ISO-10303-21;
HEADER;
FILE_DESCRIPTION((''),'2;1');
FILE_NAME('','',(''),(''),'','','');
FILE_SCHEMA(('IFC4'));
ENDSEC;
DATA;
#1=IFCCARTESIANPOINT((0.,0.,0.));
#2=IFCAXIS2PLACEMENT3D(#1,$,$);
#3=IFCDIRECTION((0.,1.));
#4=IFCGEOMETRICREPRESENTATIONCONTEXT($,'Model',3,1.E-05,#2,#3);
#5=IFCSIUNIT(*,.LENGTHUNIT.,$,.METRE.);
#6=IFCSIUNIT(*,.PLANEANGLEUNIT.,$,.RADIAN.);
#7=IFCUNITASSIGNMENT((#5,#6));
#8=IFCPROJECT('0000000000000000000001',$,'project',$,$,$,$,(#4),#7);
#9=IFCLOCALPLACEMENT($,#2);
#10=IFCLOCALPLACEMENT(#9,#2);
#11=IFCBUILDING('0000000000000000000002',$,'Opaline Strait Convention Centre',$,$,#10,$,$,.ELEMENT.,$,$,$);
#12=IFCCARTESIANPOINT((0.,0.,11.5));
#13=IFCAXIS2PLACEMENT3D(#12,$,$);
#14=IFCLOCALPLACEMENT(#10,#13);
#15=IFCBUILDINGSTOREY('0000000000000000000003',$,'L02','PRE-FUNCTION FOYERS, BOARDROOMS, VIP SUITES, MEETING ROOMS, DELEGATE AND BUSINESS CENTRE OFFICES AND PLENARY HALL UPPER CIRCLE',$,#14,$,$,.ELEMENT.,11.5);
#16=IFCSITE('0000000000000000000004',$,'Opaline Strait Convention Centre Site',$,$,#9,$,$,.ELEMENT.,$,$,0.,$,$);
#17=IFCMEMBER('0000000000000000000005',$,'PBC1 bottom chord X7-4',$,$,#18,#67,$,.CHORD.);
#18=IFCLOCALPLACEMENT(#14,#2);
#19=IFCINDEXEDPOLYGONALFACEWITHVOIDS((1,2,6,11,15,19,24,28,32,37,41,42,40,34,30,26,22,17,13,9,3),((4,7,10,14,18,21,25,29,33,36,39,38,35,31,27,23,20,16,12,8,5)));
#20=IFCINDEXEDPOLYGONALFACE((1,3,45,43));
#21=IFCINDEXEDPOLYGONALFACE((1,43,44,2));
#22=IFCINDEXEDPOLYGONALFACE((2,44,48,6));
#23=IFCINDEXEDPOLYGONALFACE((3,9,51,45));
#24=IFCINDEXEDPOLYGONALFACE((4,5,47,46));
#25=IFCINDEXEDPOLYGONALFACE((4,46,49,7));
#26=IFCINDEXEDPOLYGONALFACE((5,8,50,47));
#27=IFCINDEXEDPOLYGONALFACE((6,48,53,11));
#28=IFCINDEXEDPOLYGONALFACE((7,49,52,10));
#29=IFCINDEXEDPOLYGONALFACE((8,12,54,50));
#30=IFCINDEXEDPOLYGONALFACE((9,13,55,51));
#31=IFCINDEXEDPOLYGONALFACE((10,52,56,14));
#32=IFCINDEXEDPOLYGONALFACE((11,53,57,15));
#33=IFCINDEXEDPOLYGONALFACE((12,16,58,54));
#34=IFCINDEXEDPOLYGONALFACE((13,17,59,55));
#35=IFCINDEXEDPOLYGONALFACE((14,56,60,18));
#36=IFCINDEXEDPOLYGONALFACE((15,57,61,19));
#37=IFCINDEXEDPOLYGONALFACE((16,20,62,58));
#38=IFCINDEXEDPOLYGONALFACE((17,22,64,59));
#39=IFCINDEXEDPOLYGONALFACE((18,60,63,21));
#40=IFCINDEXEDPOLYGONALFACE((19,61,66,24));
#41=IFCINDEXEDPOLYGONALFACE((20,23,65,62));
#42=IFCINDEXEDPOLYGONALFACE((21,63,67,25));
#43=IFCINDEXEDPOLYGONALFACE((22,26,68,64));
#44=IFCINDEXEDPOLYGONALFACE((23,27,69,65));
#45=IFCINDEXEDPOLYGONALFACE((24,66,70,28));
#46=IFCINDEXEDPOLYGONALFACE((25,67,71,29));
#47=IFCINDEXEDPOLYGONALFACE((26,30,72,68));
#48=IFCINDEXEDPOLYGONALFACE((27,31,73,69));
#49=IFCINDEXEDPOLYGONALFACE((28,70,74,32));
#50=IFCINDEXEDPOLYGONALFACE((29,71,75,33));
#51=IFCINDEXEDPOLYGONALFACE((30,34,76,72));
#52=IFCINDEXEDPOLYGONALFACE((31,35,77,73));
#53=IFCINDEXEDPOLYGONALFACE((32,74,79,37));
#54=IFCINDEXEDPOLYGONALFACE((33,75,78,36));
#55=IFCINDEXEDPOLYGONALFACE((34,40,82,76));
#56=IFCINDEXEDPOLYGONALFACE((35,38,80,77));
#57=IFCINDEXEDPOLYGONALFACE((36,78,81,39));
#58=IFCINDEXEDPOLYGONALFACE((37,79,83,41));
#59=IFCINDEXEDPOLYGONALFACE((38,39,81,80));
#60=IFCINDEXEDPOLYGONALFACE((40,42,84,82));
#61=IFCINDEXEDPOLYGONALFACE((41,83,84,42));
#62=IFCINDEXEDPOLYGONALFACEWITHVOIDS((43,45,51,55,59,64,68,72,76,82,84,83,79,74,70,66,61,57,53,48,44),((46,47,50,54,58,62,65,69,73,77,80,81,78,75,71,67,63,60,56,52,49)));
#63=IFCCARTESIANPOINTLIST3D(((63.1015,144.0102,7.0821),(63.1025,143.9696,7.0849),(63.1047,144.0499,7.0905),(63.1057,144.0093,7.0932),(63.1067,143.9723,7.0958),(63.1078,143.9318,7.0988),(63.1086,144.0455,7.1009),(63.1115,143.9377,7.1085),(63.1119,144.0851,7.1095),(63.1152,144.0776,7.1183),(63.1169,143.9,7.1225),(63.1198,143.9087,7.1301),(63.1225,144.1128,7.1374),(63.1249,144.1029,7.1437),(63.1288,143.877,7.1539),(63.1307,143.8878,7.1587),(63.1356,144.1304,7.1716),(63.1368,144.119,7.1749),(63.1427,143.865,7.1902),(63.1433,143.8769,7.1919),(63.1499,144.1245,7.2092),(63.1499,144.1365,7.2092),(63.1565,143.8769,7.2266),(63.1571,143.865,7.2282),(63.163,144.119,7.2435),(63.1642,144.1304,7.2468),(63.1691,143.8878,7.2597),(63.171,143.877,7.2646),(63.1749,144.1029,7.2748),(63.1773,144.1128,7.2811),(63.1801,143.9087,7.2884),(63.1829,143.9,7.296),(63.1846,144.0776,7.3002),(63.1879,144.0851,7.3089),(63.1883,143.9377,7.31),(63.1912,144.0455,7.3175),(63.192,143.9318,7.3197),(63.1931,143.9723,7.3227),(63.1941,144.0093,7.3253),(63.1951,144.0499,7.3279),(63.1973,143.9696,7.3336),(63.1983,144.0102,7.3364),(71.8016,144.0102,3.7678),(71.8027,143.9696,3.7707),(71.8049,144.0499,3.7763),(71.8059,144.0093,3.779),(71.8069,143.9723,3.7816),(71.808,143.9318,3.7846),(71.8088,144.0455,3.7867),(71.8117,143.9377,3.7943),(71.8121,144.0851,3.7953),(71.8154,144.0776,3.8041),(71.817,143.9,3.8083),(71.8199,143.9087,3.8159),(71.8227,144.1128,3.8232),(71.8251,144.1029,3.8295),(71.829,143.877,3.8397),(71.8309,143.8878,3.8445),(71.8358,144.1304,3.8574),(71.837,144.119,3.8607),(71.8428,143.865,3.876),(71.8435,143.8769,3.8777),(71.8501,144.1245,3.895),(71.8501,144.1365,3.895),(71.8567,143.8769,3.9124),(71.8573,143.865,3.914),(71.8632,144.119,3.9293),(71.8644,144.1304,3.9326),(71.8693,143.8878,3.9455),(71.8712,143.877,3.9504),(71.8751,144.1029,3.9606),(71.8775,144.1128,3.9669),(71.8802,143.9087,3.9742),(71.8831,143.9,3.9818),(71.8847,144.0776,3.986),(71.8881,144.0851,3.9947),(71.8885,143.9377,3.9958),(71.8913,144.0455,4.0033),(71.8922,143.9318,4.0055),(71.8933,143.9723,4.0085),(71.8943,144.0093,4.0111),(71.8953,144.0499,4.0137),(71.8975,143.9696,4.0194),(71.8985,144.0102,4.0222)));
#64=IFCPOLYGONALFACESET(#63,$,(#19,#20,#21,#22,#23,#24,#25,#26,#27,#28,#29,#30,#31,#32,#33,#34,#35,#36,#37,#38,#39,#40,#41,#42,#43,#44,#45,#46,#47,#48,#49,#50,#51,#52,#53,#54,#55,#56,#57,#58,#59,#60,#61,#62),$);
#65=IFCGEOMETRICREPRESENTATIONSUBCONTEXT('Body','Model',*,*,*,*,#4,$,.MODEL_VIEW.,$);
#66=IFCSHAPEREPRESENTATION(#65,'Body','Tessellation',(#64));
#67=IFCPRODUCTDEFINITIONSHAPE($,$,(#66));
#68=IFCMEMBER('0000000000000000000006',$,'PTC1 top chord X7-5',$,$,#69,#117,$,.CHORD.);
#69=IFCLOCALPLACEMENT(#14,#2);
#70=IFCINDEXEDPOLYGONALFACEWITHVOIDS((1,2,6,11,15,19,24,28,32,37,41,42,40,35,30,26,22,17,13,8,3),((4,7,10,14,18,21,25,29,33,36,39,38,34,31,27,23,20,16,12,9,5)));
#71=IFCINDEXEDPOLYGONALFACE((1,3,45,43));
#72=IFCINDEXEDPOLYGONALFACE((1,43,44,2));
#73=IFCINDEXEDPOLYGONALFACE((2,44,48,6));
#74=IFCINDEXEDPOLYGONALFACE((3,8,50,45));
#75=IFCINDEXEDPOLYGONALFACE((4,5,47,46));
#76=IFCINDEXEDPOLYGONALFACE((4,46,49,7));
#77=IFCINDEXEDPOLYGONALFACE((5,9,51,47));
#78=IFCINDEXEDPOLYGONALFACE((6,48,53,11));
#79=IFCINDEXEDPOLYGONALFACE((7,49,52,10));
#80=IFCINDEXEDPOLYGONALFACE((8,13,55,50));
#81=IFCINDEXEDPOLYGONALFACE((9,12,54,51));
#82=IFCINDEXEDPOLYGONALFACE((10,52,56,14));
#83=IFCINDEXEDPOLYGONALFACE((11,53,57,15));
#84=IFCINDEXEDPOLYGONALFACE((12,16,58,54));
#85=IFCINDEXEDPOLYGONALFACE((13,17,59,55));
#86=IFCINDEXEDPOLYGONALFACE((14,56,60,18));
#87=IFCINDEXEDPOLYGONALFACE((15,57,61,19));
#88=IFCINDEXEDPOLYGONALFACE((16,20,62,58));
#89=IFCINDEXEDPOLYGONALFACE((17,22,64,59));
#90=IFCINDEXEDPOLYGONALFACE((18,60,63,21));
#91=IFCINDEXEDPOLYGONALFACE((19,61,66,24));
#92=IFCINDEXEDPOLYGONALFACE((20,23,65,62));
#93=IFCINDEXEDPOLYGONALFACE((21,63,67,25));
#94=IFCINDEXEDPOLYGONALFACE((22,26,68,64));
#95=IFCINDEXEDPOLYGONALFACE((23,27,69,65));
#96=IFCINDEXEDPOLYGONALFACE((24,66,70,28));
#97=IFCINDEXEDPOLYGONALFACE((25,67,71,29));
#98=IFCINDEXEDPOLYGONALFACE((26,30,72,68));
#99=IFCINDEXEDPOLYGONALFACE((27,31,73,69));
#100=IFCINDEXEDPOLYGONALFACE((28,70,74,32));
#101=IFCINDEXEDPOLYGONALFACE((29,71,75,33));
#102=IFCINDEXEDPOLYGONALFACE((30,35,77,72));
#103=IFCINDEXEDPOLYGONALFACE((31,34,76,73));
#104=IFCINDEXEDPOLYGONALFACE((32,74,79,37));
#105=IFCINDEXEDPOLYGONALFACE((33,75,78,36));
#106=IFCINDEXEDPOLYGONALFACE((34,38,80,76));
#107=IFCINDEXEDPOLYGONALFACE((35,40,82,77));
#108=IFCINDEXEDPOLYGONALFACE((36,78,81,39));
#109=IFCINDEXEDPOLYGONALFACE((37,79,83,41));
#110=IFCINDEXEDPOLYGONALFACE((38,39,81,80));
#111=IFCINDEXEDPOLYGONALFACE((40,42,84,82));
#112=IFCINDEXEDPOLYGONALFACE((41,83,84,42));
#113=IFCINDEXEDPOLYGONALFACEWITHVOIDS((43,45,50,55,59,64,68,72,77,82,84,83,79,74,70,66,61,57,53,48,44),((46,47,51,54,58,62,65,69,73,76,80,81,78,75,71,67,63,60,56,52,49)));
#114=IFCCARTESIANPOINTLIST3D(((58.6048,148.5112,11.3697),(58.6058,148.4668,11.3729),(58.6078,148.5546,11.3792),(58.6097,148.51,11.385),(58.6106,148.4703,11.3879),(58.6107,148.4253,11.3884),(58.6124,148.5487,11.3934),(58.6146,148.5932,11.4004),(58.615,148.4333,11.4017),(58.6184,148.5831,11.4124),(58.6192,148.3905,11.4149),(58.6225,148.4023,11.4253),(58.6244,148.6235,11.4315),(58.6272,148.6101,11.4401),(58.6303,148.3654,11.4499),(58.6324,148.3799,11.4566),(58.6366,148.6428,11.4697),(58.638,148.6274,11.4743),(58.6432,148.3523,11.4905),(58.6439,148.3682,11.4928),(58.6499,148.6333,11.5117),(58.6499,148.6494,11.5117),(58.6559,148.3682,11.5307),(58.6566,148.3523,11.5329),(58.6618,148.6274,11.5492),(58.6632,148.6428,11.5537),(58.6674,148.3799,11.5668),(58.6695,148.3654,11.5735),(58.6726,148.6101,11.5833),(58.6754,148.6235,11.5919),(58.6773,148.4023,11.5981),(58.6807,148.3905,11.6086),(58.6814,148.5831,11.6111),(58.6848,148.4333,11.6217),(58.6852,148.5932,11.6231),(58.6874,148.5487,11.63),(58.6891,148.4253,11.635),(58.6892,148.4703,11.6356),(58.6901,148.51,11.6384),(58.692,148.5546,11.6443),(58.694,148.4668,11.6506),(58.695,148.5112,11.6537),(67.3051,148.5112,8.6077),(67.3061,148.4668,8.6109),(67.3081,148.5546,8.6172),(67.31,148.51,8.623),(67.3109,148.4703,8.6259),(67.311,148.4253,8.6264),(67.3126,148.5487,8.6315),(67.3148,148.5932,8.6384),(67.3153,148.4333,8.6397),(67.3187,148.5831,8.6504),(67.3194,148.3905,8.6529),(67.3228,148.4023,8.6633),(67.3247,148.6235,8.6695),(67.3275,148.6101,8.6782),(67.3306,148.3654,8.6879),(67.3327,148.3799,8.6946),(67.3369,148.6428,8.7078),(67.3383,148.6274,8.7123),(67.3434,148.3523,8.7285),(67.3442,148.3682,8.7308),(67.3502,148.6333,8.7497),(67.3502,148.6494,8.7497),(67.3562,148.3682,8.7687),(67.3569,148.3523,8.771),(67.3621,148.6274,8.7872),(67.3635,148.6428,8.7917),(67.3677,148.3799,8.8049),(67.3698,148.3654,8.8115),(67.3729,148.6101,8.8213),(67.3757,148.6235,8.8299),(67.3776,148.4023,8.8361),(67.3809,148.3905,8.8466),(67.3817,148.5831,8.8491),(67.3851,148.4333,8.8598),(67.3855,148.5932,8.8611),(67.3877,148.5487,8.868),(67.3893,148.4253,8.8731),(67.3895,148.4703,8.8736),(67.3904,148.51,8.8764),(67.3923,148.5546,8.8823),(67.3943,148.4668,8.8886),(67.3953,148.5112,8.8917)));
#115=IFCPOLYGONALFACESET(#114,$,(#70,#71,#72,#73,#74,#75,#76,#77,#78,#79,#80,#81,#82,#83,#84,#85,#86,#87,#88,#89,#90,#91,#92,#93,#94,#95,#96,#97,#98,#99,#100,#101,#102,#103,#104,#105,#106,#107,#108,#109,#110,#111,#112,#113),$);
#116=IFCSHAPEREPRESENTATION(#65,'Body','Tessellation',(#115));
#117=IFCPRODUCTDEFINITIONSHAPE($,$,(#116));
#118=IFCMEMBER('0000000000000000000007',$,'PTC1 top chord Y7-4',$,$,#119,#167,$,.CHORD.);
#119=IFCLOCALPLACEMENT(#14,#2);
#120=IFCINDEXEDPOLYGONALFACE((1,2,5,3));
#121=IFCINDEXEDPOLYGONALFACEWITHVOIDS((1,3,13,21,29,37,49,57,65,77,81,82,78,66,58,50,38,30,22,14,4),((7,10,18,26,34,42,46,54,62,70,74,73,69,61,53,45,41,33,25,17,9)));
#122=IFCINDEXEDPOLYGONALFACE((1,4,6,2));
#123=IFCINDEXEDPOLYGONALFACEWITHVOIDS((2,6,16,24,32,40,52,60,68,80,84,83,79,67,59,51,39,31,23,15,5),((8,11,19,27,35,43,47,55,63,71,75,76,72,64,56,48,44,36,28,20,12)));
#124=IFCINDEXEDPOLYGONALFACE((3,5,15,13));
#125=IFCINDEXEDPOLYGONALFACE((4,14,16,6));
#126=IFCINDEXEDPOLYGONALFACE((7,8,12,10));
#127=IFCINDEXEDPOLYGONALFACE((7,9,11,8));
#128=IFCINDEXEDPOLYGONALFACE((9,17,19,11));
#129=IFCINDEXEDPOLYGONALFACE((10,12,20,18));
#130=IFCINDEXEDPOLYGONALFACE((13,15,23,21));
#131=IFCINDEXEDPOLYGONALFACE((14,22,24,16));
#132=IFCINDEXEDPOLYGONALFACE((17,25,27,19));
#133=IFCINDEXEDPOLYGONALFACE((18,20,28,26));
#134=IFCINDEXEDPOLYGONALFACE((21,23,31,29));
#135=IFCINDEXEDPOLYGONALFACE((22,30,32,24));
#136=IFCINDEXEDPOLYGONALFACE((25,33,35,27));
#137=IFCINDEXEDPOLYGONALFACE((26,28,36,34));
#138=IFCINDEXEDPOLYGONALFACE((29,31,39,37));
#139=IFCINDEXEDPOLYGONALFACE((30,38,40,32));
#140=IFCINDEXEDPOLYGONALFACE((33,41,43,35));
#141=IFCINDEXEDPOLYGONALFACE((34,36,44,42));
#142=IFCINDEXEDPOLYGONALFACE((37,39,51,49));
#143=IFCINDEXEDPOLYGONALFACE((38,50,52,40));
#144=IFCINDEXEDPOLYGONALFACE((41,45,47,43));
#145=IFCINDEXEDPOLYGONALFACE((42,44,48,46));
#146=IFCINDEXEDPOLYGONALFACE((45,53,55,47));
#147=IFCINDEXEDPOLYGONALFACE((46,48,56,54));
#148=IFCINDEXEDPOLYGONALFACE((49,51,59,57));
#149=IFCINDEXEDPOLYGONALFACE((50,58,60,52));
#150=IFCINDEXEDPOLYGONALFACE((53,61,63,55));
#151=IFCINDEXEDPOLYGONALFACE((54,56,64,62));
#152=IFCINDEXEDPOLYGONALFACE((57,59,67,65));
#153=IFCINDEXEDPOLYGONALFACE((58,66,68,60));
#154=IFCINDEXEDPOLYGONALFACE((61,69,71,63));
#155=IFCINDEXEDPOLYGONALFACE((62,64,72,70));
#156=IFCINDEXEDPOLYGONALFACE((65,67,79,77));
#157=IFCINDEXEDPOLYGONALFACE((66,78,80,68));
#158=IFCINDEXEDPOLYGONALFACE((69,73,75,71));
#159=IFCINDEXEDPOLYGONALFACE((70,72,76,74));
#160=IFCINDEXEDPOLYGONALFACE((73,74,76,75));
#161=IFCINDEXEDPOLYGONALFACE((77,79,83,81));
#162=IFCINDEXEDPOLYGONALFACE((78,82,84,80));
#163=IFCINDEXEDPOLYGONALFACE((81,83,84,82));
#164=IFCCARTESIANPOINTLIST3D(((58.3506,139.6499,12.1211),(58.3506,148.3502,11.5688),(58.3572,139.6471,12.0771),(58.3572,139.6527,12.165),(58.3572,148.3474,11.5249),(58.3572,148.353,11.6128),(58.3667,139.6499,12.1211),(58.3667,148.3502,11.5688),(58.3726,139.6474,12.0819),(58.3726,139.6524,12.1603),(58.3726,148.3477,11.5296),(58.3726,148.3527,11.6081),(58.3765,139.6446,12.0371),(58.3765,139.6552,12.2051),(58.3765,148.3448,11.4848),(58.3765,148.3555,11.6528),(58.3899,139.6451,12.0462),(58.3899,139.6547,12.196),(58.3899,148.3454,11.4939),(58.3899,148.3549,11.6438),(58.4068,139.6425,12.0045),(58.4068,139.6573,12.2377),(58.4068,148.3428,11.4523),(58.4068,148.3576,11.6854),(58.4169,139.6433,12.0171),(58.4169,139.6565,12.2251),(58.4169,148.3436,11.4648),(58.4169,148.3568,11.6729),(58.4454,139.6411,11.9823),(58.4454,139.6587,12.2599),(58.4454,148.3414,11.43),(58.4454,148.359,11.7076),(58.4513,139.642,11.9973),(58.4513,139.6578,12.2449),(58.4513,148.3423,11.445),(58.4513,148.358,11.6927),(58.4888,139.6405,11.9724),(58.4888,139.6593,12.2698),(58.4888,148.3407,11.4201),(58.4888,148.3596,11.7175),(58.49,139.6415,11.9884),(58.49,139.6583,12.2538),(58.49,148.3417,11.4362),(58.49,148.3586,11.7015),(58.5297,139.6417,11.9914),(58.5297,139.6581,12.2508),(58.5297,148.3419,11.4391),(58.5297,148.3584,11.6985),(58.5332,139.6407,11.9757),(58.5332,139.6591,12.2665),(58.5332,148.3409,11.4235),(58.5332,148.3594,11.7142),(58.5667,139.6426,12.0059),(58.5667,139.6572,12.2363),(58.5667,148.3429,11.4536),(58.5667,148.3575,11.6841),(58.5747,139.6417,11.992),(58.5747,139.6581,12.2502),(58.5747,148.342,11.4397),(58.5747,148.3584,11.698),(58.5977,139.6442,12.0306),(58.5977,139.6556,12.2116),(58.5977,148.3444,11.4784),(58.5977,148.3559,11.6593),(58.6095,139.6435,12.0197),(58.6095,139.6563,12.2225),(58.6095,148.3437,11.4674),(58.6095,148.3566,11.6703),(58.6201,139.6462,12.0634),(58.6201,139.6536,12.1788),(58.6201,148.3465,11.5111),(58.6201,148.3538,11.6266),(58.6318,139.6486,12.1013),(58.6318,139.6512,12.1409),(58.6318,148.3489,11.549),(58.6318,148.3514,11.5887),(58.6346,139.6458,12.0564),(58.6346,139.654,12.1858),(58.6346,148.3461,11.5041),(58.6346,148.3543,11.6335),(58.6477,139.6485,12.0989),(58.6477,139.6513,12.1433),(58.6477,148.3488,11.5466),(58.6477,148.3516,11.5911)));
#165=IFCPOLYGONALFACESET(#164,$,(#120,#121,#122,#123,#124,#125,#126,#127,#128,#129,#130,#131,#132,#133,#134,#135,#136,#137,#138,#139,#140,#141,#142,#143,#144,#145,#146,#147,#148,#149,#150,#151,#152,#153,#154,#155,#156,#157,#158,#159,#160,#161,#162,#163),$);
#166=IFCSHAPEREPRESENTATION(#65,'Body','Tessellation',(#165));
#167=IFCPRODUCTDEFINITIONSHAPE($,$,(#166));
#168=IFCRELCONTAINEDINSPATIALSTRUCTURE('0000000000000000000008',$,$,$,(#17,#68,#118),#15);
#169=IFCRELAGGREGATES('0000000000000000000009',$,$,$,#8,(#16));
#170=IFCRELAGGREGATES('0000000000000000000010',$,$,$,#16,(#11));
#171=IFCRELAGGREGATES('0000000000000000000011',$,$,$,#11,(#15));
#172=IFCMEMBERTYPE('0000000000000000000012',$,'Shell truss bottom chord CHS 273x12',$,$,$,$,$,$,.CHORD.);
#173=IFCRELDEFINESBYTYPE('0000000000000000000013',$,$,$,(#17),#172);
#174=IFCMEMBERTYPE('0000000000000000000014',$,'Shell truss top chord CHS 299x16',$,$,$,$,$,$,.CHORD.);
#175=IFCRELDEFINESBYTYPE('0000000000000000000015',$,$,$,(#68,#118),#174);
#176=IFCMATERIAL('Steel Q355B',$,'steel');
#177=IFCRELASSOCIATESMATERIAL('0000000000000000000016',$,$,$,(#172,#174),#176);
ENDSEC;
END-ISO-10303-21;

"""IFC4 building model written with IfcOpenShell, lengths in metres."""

from ifc_helpers import new_model, si_unit, direction, frame, origin, origin_2d, place, context, subcontext, project, spatial, hollow_circle, extrude, material, material_profile, profile_set, type_object, element, save


model = new_model("IFC4")

# Units and contexts
model_context = context("Model", 3, precision=1e-05, world=origin(), true_north=direction((0.0, 1.0)))
body_context = subcontext(model_context, "Body", "Model", "MODEL_VIEW")
ifc_project = project(units=[si_unit("LENGTHUNIT", "METRE"), si_unit("PLANEANGLEUNIT", "RADIAN")], contexts=[model_context])

# Site, building, storey
site_placement = place(None, origin())
site = spatial("IfcSite", under=ifc_project, at=site_placement, Name="Opaline Strait Convention Centre Site", CompositionType="ELEMENT", RefElevation=0.0)
building_placement = place(site_placement, origin())
building = spatial("IfcBuilding", under=site, at=building_placement, Name="Opaline Strait Convention Centre", CompositionType="ELEMENT")
storey_placement = place(building_placement, frame((0.0, 0.0, 11.5)))
storey = spatial("IfcBuildingStorey", under=building, at=storey_placement, Name="L02", Description="PRE-FUNCTION FOYERS, BOARDROOMS, VIP SUITES, MEETING ROOMS, DELEGATE AND BUSINESS CENTRE OFFICES AND PLENARY HALL UPPER CIRCLE", CompositionType="ELEMENT", Elevation=11.5)

# Members
ifc_material_1 = material(Name="Steel Q355B", Category="steel")
ifc_material_profile_1 = material_profile(ifc_material_1, hollow_circle(Radius=0.1365, WallThickness=0.012, at=origin_2d()), Name="CHS 273x12")
ifc_profile_set_1 = profile_set([ifc_material_profile_1], Name="Steel Q355B")
member_type_1 = type_object("IfcMemberType", Name="Shell truss bottom chord CHS 273x12", PredefinedType="CHORD", material=ifc_profile_set_1)
member_1_placement = place(storey_placement, frame((63.1499, 144.0, 7.2092), z_axis=(0.934493, 0.0, -0.355981), x_axis=(0.0, 1.0, 0.0)))
element("IfcMember", 1, at=member_1_placement, inside=storey, type_object=member_type_1, Name="PBC1 bottom chord X7-4", PredefinedType="CHORD", context=body_context, shape_type="SweptSolid", body=[
    extrude(hollow_circle(Radius=0.1365, WallThickness=0.012, at=origin_2d()), origin(), (0.0, 0.0, 1.0), 9.3101),
])
ifc_material_profile_2 = material_profile(ifc_material_1, hollow_circle(Radius=0.1494, WallThickness=0.0161, at=origin_2d()), Name="CHS 299x16")
ifc_profile_set_2 = profile_set([ifc_material_profile_2], Name="Steel Q355B")
member_type_2 = type_object("IfcMemberType", Name="Shell truss top chord CHS 299x16", PredefinedType="CHORD", material=ifc_profile_set_2)
member_2_placement = place(storey_placement, frame((58.6499, 148.5, 11.5117), z_axis=(0.953124, 0.0, -0.302579), x_axis=(0.0, 1.0, 0.0)))
element("IfcMember", 2, at=member_2_placement, inside=storey, type_object=member_type_2, Name="PTC1 top chord X7-5", PredefinedType="CHORD", context=body_context, shape_type="SweptSolid", body=[
    extrude(hollow_circle(Radius=0.1494, WallThickness=0.0161, at=origin_2d()), origin(), (0.0, 0.0, 1.0), 9.1282),
])
for number, where, z_axis, x_axis, name in (
    (3, (58.5, 139.6499, 12.1211), (0.0, 0.997992, -0.063348), (-1.0, 0.0, 0.0), "PTC1 top chord Y7-4"),
):
    element("IfcMember", number, at=place(storey_placement, frame(where, z_axis=z_axis, x_axis=x_axis)), inside=storey, type_object=member_type_2, Name=name, PredefinedType="CHORD", context=body_context, shape_type="SweptSolid", body=[
        extrude(hollow_circle(Radius=0.1494, WallThickness=0.0161, at=origin_2d()), origin(), (0.0, 0.0, 1.0), 8.7178),
    ])

save(model, "model.ifc")
